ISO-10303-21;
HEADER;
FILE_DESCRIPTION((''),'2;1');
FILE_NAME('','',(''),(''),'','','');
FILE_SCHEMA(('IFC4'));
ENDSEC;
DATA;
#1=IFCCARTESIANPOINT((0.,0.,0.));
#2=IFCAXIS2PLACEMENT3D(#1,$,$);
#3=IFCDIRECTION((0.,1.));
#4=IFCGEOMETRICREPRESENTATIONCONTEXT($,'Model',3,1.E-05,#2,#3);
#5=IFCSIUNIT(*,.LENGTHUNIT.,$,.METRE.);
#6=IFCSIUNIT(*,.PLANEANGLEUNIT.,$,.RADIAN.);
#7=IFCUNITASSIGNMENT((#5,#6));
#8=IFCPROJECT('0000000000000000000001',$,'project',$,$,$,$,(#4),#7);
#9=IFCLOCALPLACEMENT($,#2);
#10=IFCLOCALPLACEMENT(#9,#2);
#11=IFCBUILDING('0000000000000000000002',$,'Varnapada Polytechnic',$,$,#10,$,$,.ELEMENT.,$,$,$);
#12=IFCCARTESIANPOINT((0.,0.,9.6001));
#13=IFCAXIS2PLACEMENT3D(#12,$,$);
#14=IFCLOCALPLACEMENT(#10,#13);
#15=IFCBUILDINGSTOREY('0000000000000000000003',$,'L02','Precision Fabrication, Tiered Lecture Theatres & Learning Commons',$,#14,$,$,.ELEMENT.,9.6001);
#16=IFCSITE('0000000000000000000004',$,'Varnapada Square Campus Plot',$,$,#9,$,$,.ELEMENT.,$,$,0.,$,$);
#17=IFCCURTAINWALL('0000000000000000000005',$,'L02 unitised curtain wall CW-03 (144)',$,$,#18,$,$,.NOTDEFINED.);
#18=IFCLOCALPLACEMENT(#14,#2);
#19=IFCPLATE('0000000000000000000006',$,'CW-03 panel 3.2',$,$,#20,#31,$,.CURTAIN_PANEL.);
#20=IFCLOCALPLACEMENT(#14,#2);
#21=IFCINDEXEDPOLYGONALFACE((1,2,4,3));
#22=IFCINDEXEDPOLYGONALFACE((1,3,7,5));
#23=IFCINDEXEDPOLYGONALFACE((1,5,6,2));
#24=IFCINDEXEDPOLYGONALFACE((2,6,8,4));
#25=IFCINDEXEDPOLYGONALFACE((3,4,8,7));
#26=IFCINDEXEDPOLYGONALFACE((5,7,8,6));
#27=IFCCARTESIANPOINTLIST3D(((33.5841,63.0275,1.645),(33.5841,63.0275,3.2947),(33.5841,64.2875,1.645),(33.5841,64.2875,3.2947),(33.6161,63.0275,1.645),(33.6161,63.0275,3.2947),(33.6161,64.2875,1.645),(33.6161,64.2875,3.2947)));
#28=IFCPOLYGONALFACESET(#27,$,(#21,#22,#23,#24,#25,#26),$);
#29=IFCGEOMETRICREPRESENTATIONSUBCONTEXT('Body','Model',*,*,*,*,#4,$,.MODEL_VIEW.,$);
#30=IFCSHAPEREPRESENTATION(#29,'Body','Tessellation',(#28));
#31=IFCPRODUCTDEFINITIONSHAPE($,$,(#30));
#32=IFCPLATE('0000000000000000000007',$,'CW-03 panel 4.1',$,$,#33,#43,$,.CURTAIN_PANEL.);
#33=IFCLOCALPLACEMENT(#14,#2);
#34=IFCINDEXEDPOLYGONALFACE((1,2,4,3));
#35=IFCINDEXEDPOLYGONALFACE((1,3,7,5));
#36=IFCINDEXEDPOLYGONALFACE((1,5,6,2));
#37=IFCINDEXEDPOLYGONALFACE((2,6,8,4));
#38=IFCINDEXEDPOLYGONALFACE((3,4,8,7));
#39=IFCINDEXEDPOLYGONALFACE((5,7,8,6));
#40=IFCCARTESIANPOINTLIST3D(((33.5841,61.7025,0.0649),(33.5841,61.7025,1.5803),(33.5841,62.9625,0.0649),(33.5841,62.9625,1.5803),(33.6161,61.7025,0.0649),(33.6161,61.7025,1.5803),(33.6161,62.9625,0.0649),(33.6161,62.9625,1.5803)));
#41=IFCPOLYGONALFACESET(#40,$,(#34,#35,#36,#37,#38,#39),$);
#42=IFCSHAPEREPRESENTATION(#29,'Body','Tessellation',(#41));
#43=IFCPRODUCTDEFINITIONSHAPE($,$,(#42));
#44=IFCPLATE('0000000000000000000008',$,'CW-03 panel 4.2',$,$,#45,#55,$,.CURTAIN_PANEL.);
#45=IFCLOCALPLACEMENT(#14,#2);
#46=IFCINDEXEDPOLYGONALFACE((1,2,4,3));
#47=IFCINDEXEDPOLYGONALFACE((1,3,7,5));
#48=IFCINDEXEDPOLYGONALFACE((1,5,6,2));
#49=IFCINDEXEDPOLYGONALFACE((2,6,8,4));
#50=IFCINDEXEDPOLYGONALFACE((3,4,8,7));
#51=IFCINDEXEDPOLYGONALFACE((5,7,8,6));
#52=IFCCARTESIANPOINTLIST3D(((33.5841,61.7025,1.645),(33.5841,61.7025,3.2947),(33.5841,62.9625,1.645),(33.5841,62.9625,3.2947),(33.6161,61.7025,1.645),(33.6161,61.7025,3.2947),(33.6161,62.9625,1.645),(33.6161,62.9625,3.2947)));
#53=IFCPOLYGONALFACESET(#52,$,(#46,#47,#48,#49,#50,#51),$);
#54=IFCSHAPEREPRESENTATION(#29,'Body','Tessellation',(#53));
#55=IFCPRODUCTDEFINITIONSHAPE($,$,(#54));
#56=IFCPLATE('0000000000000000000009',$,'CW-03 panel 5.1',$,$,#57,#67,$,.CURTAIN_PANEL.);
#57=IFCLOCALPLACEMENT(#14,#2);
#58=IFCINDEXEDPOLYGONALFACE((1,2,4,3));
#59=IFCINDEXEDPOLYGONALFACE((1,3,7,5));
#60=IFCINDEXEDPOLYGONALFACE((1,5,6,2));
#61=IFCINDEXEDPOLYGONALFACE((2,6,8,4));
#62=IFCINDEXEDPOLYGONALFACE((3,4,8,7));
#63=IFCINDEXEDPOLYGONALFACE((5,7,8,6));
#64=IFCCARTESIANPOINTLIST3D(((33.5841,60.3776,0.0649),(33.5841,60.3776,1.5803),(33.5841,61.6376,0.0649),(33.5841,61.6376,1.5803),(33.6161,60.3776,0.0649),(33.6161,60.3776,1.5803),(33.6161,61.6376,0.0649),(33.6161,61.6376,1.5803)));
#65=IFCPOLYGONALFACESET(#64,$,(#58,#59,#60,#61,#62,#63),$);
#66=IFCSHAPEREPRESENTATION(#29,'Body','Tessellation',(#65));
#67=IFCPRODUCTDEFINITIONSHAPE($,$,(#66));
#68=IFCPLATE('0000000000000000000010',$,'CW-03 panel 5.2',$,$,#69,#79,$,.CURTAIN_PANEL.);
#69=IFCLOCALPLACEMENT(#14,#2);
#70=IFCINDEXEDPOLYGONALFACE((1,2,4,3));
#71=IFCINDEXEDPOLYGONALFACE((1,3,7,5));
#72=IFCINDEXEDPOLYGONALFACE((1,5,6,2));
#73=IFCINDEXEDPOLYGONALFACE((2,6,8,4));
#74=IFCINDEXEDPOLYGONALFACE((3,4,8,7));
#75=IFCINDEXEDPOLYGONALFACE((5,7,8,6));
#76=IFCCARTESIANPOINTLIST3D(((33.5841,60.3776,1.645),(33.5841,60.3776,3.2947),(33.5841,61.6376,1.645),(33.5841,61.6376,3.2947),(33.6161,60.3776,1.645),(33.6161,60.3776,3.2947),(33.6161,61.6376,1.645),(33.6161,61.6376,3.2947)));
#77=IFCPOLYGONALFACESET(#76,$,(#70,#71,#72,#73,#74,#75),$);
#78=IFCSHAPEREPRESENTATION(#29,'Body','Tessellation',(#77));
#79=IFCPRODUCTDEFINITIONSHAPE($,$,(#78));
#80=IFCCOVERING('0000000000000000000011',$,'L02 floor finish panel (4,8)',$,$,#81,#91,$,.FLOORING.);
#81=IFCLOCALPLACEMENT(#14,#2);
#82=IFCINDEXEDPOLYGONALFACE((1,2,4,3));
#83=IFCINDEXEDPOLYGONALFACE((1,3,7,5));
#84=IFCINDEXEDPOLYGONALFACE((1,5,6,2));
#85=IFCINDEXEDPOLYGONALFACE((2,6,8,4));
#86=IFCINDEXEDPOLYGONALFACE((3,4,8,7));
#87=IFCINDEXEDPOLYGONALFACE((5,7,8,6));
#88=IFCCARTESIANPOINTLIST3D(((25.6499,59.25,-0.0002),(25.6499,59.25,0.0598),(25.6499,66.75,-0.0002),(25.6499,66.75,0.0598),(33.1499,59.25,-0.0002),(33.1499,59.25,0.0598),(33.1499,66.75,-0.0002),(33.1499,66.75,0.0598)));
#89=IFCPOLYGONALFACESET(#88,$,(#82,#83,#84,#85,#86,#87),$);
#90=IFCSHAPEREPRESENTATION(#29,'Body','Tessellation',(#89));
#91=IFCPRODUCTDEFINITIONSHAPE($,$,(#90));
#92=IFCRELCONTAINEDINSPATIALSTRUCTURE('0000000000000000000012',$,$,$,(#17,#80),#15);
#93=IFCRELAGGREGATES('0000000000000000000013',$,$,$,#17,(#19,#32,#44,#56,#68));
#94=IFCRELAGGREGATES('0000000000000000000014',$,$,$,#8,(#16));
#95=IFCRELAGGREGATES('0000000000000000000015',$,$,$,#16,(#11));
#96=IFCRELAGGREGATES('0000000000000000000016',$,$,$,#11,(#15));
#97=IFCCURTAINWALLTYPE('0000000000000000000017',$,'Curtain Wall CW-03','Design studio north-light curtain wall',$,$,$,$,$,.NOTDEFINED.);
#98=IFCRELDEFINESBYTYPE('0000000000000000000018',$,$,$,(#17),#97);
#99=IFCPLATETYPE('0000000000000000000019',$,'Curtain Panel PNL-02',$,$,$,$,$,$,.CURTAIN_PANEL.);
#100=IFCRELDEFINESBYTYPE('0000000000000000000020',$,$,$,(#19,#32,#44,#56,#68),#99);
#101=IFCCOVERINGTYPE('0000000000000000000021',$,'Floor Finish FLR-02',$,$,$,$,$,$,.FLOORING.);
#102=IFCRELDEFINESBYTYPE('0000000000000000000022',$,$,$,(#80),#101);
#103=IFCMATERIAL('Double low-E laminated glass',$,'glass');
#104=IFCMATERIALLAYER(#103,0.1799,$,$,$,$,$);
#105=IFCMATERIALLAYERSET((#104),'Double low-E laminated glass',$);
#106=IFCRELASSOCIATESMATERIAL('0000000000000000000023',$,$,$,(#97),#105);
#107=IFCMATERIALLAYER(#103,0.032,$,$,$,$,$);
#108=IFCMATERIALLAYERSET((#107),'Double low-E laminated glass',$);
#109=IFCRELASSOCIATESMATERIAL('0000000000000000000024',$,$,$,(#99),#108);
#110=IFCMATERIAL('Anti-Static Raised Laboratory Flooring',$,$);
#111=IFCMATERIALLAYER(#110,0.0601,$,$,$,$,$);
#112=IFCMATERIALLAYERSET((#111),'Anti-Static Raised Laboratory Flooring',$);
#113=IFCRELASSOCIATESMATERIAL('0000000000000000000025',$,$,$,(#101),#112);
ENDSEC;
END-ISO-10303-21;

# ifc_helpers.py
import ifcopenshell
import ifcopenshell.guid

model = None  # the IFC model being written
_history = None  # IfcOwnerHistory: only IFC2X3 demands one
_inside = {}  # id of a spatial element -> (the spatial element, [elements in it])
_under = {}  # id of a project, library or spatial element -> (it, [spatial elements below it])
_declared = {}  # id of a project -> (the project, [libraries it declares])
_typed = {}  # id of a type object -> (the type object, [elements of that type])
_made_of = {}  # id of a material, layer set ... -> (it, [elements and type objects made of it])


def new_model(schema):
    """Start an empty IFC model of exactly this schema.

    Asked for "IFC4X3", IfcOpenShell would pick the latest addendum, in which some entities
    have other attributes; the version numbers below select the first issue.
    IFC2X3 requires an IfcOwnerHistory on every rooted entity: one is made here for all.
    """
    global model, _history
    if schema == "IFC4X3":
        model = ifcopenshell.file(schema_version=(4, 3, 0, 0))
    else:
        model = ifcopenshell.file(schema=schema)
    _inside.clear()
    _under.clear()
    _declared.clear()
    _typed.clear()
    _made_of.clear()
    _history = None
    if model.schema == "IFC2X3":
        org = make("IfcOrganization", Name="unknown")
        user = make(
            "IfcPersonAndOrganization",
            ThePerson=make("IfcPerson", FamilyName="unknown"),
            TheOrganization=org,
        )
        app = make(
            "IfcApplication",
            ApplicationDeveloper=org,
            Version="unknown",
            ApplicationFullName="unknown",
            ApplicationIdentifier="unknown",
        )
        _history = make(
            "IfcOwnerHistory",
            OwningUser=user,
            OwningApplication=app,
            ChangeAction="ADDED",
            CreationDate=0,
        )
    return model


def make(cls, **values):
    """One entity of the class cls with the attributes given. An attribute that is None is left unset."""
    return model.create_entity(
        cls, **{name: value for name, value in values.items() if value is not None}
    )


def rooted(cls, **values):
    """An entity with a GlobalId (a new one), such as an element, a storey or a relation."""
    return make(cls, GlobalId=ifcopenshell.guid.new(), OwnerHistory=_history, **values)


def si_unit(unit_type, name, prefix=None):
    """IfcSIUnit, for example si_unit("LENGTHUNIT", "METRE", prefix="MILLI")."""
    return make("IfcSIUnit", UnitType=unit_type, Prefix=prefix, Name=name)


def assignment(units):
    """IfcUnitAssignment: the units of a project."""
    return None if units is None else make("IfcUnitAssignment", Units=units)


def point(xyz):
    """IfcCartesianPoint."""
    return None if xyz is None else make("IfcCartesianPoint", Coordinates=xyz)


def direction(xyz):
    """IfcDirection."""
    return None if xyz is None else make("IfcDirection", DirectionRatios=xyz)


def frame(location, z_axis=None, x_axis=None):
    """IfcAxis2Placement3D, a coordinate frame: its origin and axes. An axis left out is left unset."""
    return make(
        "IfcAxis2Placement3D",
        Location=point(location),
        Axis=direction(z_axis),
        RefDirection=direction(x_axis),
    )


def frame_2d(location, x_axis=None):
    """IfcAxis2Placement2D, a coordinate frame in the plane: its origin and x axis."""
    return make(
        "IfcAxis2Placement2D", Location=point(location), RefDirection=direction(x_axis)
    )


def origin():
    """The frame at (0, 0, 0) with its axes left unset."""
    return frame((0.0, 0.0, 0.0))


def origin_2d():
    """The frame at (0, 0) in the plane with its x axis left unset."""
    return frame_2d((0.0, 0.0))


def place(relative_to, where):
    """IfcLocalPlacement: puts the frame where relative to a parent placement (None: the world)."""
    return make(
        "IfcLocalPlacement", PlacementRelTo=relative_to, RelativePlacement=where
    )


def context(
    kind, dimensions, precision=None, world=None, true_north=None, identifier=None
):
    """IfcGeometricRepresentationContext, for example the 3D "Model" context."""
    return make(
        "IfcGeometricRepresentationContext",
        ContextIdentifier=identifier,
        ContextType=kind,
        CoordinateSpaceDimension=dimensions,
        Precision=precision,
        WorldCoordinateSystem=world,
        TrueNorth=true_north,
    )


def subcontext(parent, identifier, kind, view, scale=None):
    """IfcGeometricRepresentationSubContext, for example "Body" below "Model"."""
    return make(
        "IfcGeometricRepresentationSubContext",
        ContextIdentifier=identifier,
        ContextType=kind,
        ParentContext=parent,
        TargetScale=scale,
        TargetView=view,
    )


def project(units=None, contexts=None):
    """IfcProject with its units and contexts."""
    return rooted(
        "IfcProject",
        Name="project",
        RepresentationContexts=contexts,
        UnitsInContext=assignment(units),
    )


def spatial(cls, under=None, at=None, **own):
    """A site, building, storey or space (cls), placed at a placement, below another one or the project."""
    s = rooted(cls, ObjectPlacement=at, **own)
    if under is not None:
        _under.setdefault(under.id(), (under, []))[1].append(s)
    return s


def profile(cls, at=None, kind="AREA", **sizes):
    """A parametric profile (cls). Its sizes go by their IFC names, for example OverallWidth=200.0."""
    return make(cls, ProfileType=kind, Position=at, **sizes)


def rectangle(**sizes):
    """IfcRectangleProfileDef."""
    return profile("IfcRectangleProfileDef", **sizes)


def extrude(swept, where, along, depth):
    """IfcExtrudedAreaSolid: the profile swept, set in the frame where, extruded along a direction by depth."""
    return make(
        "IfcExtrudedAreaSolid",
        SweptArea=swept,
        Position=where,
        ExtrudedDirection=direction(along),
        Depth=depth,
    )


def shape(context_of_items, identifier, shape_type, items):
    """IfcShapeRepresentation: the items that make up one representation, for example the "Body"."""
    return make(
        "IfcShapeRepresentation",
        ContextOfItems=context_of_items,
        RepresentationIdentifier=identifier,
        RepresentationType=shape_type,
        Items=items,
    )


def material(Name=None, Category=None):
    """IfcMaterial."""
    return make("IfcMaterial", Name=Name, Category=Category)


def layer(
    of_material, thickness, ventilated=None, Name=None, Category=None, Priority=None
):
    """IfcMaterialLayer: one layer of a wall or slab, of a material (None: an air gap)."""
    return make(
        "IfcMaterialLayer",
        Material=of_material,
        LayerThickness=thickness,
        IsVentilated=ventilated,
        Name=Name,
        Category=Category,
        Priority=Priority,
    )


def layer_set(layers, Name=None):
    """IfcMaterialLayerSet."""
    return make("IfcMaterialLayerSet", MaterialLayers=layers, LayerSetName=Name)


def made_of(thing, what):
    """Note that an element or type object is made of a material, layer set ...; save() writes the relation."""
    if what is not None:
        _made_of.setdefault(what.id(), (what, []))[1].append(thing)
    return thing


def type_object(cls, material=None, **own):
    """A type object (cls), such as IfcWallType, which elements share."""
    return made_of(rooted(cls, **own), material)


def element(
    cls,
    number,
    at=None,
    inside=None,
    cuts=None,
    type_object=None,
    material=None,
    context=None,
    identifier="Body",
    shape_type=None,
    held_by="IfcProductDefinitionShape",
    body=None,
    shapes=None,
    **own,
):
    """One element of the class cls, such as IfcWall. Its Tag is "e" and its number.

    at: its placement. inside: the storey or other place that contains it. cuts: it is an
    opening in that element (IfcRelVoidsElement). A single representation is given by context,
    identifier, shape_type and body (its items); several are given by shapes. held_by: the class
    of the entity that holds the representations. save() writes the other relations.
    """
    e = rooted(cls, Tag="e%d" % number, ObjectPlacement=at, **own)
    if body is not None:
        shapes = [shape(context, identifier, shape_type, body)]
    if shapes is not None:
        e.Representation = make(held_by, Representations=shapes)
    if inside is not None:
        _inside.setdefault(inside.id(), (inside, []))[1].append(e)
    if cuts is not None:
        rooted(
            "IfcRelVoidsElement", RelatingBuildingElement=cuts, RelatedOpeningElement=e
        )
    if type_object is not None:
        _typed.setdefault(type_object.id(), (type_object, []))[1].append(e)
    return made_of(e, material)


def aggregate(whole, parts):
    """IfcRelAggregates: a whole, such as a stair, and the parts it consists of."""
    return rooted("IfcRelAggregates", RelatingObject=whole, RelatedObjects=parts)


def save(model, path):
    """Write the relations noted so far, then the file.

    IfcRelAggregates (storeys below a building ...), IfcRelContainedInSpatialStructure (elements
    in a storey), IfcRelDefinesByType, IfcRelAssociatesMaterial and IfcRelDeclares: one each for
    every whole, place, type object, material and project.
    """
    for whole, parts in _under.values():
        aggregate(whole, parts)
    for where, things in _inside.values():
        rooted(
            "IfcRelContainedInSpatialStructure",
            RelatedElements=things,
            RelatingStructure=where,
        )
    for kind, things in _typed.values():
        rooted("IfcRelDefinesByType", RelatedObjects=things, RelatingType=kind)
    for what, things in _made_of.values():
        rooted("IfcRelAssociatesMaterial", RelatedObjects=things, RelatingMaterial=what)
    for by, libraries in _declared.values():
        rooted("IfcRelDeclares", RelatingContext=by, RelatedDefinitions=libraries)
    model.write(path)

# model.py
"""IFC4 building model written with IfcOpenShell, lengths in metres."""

from ifc_helpers import new_model, si_unit, direction, frame, origin, origin_2d, place, context, subcontext, project, spatial, rectangle, extrude, material, layer, layer_set, type_object, element, aggregate, save


model = new_model("IFC4")

# Units and contexts
model_context = context("Model", 3, precision=1e-05, world=origin(), true_north=direction((0.0, 1.0)))
body_context = subcontext(model_context, "Body", "Model", "MODEL_VIEW")
ifc_project = project(units=[si_unit("LENGTHUNIT", "METRE"), si_unit("PLANEANGLEUNIT", "RADIAN")], contexts=[model_context])

# Site, building, storey
site_placement = place(None, origin())
site = spatial("IfcSite", under=ifc_project, at=site_placement, Name="Varnapada Square Campus Plot", CompositionType="ELEMENT", RefElevation=0.0)
building_placement = place(site_placement, origin())
building = spatial("IfcBuilding", under=site, at=building_placement, Name="Varnapada Polytechnic", CompositionType="ELEMENT")
storey_placement = place(building_placement, frame((0.0, 0.0, 9.6001)))
storey = spatial("IfcBuildingStorey", under=building, at=storey_placement, Name="L02", Description="Precision Fabrication, Tiered Lecture Theatres & Learning Commons", CompositionType="ELEMENT", Elevation=9.6001)

# Curtain wall, plates
ifc_material_1 = material(Name="Double low-E laminated glass", Category="glass")
ifc_layer_1 = layer(ifc_material_1, 0.1799)
ifc_layer_set_1 = layer_set([ifc_layer_1], Name="Double low-E laminated glass")
curtain_wall_type = type_object("IfcCurtainWallType", Name="Curtain Wall CW-03", Description="Design studio north-light curtain wall", PredefinedType="NOTDEFINED", material=ifc_layer_set_1)
curtain_wall_placement = place(storey_placement, origin())
curtain_wall = element("IfcCurtainWall", 1, at=curtain_wall_placement, inside=storey, type_object=curtain_wall_type, Name="L02 unitised curtain wall CW-03 (144)", PredefinedType="NOTDEFINED")
ifc_layer_2 = layer(ifc_material_1, 0.032)
ifc_layer_set_2 = layer_set([ifc_layer_2], Name="Double low-E laminated glass")
plate_type = type_object("IfcPlateType", Name="Curtain Panel PNL-02", PredefinedType="CURTAIN_PANEL", material=ifc_layer_set_2)
plate_1_placement = place(storey_placement, frame((33.6001, 63.6575, 1.645), z_axis=(0.0, 0.0, 1.0), x_axis=(0.0, -1.0, 0.0)))
plate_1 = element("IfcPlate", 2, at=plate_1_placement, type_object=plate_type, Name="CW-03 panel 3.2", PredefinedType="CURTAIN_PANEL", context=body_context, shape_type="SweptSolid", body=[
    extrude(rectangle(XDim=1.26, YDim=0.032, at=origin_2d()), origin(), (0.0, 0.0, 1.0), 1.6497),
])
plate_2_placement = place(storey_placement, frame((33.6001, 62.3325, 0.0649), z_axis=(0.0, 0.0, 1.0), x_axis=(0.0, -1.0, 0.0)))
plate_2 = element("IfcPlate", 3, at=plate_2_placement, type_object=plate_type, Name="CW-03 panel 4.1", PredefinedType="CURTAIN_PANEL", context=body_context, shape_type="SweptSolid", body=[
    extrude(rectangle(XDim=1.26, YDim=0.032, at=origin_2d()), origin(), (0.0, 0.0, 1.0), 1.5154),
])
plate_3_placement = place(storey_placement, frame((33.6001, 62.3325, 1.645), z_axis=(0.0, 0.0, 1.0), x_axis=(0.0, -1.0, 0.0)))
plate_3 = element("IfcPlate", 4, at=plate_3_placement, type_object=plate_type, Name="CW-03 panel 4.2", PredefinedType="CURTAIN_PANEL", context=body_context, shape_type="SweptSolid", body=[
    extrude(rectangle(XDim=1.26, YDim=0.032, at=origin_2d()), origin(), (0.0, 0.0, 1.0), 1.6497),
])
plate_4_placement = place(storey_placement, frame((33.6001, 61.0076, 0.0649), z_axis=(0.0, 0.0, 1.0), x_axis=(0.0, -1.0, 0.0)))
plate_4 = element("IfcPlate", 5, at=plate_4_placement, type_object=plate_type, Name="CW-03 panel 5.1", PredefinedType="CURTAIN_PANEL", context=body_context, shape_type="SweptSolid", body=[
    extrude(rectangle(XDim=1.26, YDim=0.032, at=origin_2d()), origin(), (0.0, 0.0, 1.0), 1.5154),
])
plate_5_placement = place(storey_placement, frame((33.6001, 61.0076, 1.645), z_axis=(0.0, 0.0, 1.0), x_axis=(0.0, -1.0, 0.0)))
plate_5 = element("IfcPlate", 6, at=plate_5_placement, type_object=plate_type, Name="CW-03 panel 5.2", PredefinedType="CURTAIN_PANEL", context=body_context, shape_type="SweptSolid", body=[
    extrude(rectangle(XDim=1.26, YDim=0.032, at=origin_2d()), origin(), (0.0, 0.0, 1.0), 1.6497),
])
aggregate(curtain_wall, [plate_1, plate_2, plate_3, plate_4, plate_5])

# Covering
ifc_material_2 = material(Name="Anti-Static Raised Laboratory Flooring")
ifc_layer_3 = layer(ifc_material_2, 0.0601)
ifc_layer_set_3 = layer_set([ifc_layer_3], Name="Anti-Static Raised Laboratory Flooring")
covering_type = type_object("IfcCoveringType", Name="Floor Finish FLR-02", PredefinedType="FLOORING", material=ifc_layer_set_3)
covering_placement = place(storey_placement, frame((29.3999, 63.0, -0.0002), z_axis=(0.0, 0.0, 1.0), x_axis=(1.0, 0.0, 0.0)))
element("IfcCovering", 7, at=covering_placement, inside=storey, type_object=covering_type, Name="L02 floor finish panel (4,8)", PredefinedType="FLOORING", context=body_context, shape_type="SweptSolid", body=[
    extrude(rectangle(XDim=7.5, YDim=7.5, at=origin_2d()), origin(), (0.0, 0.0, 1.0), 0.0601),
])

save(model, "model.ifc")
